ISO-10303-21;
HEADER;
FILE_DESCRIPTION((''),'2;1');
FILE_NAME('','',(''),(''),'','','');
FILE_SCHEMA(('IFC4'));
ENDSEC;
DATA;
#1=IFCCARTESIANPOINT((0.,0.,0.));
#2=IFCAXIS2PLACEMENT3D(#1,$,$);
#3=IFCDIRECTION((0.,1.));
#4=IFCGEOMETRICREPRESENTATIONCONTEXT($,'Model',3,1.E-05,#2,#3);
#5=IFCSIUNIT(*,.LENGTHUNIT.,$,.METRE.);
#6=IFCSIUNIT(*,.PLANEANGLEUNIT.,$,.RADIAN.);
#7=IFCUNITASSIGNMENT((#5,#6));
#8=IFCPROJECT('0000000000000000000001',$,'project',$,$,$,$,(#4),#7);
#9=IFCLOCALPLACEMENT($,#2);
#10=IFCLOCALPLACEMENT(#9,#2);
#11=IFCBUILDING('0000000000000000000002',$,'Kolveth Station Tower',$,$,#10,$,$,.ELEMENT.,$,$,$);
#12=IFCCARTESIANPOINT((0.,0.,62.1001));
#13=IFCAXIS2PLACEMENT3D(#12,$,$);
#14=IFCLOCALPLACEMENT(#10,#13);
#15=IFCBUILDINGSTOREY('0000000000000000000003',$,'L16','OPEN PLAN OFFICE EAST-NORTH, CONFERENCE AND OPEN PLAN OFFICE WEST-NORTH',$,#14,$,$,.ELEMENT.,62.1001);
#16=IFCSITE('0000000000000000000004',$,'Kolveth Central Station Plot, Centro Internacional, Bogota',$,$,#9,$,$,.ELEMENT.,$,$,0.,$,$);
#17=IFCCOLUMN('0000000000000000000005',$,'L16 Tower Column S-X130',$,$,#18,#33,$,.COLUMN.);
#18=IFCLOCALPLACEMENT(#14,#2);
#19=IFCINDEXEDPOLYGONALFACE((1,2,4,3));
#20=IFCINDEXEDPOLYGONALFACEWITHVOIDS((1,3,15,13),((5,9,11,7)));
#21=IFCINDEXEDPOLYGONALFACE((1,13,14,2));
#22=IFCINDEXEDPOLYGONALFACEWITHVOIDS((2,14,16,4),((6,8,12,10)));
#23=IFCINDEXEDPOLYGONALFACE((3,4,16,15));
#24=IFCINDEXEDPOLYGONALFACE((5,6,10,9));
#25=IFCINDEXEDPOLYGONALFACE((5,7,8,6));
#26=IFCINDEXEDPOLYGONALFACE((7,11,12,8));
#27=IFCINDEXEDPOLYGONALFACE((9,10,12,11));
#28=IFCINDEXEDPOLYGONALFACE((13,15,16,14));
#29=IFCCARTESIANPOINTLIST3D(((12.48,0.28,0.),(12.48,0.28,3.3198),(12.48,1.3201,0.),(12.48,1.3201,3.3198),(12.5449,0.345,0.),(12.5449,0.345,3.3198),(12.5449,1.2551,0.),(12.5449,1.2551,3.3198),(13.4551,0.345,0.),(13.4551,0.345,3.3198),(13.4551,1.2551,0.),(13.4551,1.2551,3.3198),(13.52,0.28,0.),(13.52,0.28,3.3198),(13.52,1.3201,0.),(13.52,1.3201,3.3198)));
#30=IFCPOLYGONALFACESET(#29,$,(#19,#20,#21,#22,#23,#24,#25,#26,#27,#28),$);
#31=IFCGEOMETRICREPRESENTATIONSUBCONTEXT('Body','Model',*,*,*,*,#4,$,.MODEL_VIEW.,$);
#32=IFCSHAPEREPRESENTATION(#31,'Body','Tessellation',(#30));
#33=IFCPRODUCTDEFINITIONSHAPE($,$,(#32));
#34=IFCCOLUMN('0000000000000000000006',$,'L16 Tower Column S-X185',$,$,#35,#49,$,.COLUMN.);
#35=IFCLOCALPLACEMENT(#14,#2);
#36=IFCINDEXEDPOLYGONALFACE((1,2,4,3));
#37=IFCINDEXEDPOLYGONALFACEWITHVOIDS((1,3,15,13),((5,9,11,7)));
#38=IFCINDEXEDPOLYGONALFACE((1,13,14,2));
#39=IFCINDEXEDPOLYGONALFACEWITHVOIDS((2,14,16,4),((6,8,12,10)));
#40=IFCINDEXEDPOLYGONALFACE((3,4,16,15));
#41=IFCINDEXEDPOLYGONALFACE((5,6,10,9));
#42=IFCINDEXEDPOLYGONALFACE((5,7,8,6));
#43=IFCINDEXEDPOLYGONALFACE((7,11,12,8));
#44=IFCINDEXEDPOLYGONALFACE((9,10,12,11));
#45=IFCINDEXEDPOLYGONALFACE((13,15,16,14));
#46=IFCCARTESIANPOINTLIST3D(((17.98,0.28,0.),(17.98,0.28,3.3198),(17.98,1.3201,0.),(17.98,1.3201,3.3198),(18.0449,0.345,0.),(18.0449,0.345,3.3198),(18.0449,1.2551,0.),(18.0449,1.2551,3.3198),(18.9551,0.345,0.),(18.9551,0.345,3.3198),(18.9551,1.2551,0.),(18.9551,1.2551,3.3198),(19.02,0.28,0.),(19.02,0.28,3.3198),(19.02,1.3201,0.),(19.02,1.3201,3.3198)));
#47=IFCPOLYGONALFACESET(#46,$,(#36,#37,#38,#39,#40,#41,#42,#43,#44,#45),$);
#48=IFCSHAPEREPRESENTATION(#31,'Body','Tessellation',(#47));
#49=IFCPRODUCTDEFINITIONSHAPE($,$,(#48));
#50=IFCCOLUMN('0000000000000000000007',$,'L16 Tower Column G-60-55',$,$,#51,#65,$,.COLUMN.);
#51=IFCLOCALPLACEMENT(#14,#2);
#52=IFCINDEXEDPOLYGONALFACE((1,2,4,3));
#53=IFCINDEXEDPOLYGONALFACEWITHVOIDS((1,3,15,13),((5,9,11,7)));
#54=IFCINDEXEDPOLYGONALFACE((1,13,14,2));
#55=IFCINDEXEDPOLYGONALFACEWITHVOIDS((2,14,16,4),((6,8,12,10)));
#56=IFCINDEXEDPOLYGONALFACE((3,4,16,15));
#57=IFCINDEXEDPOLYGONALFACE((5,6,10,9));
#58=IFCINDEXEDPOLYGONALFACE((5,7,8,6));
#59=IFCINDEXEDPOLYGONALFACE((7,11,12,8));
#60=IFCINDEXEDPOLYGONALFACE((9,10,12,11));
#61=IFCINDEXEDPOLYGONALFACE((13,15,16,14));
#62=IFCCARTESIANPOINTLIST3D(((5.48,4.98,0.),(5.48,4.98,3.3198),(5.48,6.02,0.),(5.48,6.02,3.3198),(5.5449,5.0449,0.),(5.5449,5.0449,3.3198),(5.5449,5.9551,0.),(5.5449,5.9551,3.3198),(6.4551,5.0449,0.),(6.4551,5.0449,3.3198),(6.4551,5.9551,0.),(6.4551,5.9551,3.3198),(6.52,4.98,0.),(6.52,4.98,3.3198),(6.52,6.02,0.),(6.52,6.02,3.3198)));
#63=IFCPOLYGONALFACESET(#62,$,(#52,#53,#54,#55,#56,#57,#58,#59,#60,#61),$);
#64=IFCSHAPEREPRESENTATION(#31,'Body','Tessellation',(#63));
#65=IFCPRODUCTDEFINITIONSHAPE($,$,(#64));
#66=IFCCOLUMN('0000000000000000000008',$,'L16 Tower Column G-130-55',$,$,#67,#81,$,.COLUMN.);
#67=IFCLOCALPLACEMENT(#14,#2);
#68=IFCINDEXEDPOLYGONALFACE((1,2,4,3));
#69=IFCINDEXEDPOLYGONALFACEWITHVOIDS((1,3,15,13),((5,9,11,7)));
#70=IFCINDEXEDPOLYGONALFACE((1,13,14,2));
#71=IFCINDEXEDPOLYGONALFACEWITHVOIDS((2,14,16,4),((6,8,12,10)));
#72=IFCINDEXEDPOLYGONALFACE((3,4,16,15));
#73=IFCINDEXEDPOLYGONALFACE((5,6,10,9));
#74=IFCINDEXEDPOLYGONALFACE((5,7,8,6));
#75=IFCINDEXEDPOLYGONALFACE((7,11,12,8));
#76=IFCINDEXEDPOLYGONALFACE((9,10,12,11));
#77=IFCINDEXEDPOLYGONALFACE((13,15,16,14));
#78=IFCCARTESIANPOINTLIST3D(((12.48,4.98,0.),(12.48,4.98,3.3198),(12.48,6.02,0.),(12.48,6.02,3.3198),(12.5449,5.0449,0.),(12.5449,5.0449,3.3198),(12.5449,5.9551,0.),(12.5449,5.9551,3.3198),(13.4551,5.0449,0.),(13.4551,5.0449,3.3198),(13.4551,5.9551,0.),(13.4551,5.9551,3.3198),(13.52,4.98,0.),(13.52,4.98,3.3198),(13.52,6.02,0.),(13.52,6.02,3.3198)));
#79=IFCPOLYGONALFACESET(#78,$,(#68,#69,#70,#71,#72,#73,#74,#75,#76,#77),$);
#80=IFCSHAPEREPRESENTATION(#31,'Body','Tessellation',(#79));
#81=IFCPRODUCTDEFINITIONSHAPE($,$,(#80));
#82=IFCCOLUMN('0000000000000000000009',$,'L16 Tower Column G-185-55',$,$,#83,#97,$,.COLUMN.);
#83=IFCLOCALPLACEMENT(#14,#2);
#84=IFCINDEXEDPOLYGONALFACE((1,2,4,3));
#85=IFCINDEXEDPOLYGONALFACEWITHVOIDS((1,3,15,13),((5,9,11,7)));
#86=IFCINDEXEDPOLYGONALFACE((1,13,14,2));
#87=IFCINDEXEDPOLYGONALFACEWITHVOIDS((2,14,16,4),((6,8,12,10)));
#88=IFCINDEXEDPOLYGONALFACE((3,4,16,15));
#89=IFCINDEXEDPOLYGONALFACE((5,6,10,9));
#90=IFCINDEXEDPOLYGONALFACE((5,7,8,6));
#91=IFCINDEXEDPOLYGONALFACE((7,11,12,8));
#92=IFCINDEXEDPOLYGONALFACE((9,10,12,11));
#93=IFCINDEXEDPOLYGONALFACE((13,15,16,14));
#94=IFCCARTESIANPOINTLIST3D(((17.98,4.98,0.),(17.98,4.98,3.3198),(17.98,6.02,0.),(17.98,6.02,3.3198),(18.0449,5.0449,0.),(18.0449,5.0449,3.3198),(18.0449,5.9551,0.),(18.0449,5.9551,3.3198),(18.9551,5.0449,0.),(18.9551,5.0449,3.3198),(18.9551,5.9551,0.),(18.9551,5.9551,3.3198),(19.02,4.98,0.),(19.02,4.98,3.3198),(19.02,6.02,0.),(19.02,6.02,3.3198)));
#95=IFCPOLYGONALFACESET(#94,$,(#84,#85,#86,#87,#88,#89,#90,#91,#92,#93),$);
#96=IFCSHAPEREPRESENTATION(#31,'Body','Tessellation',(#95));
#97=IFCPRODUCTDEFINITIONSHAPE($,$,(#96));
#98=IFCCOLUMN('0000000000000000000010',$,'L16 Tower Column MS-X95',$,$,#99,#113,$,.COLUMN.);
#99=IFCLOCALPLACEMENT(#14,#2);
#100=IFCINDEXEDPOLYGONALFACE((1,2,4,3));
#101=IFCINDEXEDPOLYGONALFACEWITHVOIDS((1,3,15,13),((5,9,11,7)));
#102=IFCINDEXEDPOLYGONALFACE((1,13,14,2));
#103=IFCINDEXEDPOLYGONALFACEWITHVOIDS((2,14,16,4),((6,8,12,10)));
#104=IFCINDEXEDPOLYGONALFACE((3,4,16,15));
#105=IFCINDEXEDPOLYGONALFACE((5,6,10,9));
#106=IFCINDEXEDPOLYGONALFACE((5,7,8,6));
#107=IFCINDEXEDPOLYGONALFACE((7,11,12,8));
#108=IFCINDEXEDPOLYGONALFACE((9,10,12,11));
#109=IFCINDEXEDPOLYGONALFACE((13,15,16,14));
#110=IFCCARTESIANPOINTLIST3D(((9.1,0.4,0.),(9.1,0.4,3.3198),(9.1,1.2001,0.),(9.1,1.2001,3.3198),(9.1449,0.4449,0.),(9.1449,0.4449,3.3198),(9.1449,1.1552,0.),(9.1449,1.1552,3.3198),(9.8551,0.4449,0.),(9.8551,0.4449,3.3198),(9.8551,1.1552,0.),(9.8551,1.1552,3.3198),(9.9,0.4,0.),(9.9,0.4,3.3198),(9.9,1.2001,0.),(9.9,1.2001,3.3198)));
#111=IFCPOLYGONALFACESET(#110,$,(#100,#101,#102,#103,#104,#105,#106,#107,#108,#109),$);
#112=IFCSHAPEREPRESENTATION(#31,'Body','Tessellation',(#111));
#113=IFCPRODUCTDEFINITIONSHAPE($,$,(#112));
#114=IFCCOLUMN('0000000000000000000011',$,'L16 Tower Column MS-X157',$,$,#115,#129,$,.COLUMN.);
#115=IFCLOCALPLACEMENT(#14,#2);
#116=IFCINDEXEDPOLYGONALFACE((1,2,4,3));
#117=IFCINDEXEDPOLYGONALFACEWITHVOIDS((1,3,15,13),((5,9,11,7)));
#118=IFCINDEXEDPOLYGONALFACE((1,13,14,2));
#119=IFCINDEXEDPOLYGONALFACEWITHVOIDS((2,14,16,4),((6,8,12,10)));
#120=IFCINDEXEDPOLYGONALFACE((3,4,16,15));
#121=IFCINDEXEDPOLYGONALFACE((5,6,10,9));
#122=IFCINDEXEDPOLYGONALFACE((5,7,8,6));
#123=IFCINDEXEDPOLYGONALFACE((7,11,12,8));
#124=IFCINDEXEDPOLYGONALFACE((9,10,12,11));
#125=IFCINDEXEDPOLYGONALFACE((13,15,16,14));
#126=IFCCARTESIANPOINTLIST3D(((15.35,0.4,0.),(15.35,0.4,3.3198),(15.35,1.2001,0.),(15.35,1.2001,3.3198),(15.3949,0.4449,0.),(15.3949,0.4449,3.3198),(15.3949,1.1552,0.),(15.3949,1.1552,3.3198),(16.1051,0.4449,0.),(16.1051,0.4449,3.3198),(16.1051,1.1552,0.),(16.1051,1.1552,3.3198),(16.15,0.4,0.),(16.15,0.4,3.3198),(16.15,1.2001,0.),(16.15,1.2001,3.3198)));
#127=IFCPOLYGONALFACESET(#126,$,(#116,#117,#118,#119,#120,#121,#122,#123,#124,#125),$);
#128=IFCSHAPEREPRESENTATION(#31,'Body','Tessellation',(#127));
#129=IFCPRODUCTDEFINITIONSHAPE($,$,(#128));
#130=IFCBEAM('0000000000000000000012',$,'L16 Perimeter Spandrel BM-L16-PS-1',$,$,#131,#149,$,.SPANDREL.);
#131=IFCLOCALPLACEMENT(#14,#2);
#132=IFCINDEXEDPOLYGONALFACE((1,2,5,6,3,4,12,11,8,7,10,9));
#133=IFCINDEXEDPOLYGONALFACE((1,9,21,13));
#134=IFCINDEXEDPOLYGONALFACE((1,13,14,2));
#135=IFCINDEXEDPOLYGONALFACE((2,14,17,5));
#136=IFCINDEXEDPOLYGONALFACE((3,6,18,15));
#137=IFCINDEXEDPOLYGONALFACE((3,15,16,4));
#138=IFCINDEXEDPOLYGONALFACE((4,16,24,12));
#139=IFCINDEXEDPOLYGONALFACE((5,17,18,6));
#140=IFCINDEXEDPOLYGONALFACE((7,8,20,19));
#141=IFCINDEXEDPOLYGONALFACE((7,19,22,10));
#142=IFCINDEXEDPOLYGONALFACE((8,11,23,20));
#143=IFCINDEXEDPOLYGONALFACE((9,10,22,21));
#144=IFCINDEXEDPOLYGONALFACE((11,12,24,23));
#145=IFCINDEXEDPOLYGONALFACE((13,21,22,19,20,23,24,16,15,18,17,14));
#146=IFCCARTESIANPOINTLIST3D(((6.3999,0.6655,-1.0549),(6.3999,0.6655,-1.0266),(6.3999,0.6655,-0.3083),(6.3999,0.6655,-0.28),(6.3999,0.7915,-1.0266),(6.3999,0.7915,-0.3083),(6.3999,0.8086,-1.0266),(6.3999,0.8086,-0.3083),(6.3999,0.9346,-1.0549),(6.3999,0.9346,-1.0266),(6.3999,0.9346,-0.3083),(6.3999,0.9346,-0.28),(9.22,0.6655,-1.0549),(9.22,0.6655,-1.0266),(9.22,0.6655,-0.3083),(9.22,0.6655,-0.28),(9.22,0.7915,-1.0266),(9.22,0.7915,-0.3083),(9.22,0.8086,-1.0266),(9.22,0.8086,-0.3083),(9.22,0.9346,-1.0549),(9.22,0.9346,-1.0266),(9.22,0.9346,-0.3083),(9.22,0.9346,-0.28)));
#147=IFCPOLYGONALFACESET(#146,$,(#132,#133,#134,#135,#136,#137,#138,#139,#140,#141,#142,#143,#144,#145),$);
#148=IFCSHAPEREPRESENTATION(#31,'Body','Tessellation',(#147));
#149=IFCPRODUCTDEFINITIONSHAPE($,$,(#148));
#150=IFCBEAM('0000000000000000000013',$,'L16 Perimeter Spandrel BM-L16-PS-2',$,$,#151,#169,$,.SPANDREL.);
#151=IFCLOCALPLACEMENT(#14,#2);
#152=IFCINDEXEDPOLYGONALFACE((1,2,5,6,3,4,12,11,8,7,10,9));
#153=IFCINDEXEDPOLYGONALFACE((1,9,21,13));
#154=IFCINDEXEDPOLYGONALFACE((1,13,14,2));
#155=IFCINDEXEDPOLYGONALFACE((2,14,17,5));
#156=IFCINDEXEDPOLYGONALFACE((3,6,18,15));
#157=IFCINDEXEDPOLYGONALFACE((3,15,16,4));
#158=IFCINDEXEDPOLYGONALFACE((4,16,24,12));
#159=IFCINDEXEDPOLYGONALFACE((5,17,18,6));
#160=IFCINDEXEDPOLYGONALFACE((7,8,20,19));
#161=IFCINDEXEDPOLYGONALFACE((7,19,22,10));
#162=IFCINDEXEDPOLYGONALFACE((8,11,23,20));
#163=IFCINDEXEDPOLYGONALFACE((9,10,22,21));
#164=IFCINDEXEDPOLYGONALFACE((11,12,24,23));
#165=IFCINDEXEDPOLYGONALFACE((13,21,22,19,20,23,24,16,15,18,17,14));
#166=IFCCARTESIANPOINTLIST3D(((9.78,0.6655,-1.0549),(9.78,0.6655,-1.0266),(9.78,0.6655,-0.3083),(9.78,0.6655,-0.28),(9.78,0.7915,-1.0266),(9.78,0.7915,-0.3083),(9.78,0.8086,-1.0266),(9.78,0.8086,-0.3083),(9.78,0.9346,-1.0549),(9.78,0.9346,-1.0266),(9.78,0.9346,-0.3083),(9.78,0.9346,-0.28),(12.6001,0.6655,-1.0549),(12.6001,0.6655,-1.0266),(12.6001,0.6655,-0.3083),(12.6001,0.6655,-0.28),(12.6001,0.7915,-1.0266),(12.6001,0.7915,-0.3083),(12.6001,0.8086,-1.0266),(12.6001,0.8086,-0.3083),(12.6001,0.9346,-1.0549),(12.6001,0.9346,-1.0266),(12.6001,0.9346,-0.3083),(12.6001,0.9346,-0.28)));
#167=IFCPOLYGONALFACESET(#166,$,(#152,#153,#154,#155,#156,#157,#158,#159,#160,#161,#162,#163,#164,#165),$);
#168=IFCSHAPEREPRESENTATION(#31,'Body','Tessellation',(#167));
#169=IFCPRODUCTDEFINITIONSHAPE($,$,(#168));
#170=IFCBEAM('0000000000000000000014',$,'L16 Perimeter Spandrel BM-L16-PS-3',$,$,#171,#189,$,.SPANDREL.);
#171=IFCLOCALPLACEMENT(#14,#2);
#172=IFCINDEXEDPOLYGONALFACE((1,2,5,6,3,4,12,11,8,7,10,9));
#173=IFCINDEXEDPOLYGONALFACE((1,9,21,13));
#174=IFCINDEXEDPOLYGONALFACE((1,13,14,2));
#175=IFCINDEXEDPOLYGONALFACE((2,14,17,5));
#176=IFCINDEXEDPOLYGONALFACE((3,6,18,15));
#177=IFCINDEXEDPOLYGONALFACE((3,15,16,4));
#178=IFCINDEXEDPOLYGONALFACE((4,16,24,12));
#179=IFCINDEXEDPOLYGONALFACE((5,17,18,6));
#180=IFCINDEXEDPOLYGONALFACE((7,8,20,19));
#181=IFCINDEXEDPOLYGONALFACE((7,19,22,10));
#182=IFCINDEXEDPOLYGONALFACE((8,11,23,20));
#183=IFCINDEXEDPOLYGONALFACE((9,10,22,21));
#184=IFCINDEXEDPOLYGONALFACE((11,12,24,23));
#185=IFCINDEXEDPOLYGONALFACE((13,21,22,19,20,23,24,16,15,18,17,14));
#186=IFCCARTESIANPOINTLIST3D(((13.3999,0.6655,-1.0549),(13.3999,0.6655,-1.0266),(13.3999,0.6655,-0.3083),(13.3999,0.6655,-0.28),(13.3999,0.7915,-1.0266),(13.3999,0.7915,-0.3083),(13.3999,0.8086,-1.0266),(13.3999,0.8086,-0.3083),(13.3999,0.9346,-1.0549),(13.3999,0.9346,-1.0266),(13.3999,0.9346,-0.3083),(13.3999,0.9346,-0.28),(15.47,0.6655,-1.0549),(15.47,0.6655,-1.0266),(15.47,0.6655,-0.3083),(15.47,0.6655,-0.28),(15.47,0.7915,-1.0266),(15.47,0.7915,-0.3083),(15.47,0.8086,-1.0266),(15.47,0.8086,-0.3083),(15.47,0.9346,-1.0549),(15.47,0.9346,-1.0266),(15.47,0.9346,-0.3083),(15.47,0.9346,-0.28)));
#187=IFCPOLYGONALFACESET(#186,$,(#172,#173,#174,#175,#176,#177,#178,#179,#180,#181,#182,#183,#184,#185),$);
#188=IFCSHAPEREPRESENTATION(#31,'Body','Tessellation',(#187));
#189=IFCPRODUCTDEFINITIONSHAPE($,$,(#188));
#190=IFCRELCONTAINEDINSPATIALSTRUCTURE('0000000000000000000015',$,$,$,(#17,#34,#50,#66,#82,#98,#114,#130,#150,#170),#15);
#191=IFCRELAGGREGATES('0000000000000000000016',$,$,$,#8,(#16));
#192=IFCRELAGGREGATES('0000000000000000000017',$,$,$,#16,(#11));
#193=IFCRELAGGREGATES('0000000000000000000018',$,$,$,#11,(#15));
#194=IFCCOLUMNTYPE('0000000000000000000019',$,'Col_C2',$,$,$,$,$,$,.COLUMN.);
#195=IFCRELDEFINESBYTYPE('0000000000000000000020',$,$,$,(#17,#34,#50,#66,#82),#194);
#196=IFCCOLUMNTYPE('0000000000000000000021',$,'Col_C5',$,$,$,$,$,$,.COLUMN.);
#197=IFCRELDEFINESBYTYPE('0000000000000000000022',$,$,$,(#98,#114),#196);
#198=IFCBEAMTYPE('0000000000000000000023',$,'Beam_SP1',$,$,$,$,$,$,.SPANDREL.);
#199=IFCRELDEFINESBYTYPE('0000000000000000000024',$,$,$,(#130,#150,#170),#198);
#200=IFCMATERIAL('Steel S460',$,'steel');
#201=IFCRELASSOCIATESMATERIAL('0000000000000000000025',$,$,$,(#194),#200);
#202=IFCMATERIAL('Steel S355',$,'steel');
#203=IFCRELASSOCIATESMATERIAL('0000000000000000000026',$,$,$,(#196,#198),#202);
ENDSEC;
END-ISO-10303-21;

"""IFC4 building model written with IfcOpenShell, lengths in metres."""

from ifc_helpers import new_model, si_unit, direction, frame, origin, origin_2d, place, context, subcontext, project, spatial, hollow_rectangle, i_section, extrude, source, transform, mapped, material, material_profile, profile_set, type_object, element, save


model = new_model("IFC4")

# Units and contexts
model_context = context("Model", 3, precision=1e-05, world=origin(), true_north=direction((0.0, 1.0)))
body_context = subcontext(model_context, "Body", "Model", "MODEL_VIEW")
ifc_project = project(units=[si_unit("LENGTHUNIT", "METRE"), si_unit("PLANEANGLEUNIT", "RADIAN")], contexts=[model_context])

# Site, building, storey
site_placement = place(None, origin())
site = spatial("IfcSite", under=ifc_project, at=site_placement, Name="Kolveth Central Station Plot, Centro Internacional, Bogota", CompositionType="ELEMENT", RefElevation=0.0)
building_placement = place(site_placement, origin())
building = spatial("IfcBuilding", under=site, at=building_placement, Name="Kolveth Station Tower", CompositionType="ELEMENT")
storey_placement = place(building_placement, frame((0.0, 0.0, 62.1001)))
storey = spatial("IfcBuildingStorey", under=building, at=storey_placement, Name="L16", Description="OPEN PLAN OFFICE EAST-NORTH, CONFERENCE AND OPEN PLAN OFFICE WEST-NORTH", CompositionType="ELEMENT", Elevation=62.1001)

# Columns
ifc_material_1 = material(Name="Steel S460", Category="steel")
ifc_material_profile_1 = material_profile(ifc_material_1, hollow_rectangle(XDim=1.04, YDim=1.04, WallThickness=0.0649, at=origin_2d()), Name="BOX1040x1040x65")
ifc_profile_set_1 = profile_set([ifc_material_profile_1], Name="Steel S460")
column_type_1 = type_object("IfcColumnType", Name="Col_C2", PredefinedType="COLUMN", material=ifc_profile_set_1)
shared_shape_1 = source(origin(), body_context, "Body", "SweptSolid", [
    extrude(hollow_rectangle(XDim=1.04, YDim=1.04, WallThickness=0.0649, at=origin_2d()), origin(), (0.0, 0.0, 1.0), 3.3198),
])
for number, where, z_axis, x_axis, name in (
    (1, (13.0, 0.8, 0.0), (0.0, 0.0, 1.0), (1.0, 0.0, 0.0), "L16 Tower Column S-X130"),
    (2, (18.5, 0.8, 0.0), (0.0, 0.0, 1.0), (1.0, 0.0, 0.0), "L16 Tower Column S-X185"),
    (3, (6.0, 5.5, 0.0), (0.0, 0.0, 1.0), (1.0, 0.0, 0.0), "L16 Tower Column G-60-55"),
    (4, (13.0, 5.5, 0.0), (0.0, 0.0, 1.0), (1.0, 0.0, 0.0), "L16 Tower Column G-130-55"),
    (5, (18.5, 5.5, 0.0), (0.0, 0.0, 1.0), (1.0, 0.0, 0.0), "L16 Tower Column G-185-55"),
):
    element("IfcColumn", number, at=place(storey_placement, frame(where, z_axis=z_axis, x_axis=x_axis)), inside=storey, type_object=column_type_1, Name=name, PredefinedType="COLUMN", context=body_context, shape_type="MappedRepresentation", body=[
        mapped(shared_shape_1, transform((0.0, 0.0, 0.0), x_axis=(1.0, 0.0, 0.0), y_axis=(0.0, 1.0, 0.0), z_axis=(0.0, 0.0, 1.0), scale=1.0)),
    ])
ifc_material_2 = material(Name="Steel S355", Category="steel")
ifc_material_profile_2 = material_profile(ifc_material_2, hollow_rectangle(XDim=0.8, YDim=0.8, WallThickness=0.0449, at=origin_2d()), Name="BOX800x800x45")
ifc_profile_set_2 = profile_set([ifc_material_profile_2], Name="Steel S355")
column_type_2 = type_object("IfcColumnType", Name="Col_C5", PredefinedType="COLUMN", material=ifc_profile_set_2)
shared_shape_2 = source(origin(), body_context, "Body", "SweptSolid", [
    extrude(hollow_rectangle(XDim=0.8, YDim=0.8, WallThickness=0.0449, at=origin_2d()), origin(), (0.0, 0.0, 1.0), 3.3198),
])
for number, where, z_axis, x_axis, name in (
    (6, (9.5, 0.8, 0.0), (0.0, 0.0, 1.0), (1.0, 0.0, 0.0), "L16 Tower Column MS-X95"),
    (7, (15.75, 0.8, 0.0), (0.0, 0.0, 1.0), (1.0, 0.0, 0.0), "L16 Tower Column MS-X157"),
):
    element("IfcColumn", number, at=place(storey_placement, frame(where, z_axis=z_axis, x_axis=x_axis)), inside=storey, type_object=column_type_2, Name=name, PredefinedType="COLUMN", context=body_context, shape_type="MappedRepresentation", body=[
        mapped(shared_shape_2, transform((0.0, 0.0, 0.0), x_axis=(1.0, 0.0, 0.0), y_axis=(0.0, 1.0, 0.0), z_axis=(0.0, 0.0, 1.0), scale=1.0)),
    ])

# Beams
ifc_material_profile_3 = material_profile(ifc_material_2, i_section(OverallWidth=0.269, OverallDepth=0.7749, WebThickness=0.0171, FlangeThickness=0.0283, at=origin_2d()), Name="W760x220")
ifc_profile_set_3 = profile_set([ifc_material_profile_3], Name="Steel S355")
beam_type_1 = type_object("IfcBeamType", Name="Beam_SP1", PredefinedType="SPANDREL", material=ifc_profile_set_3)
shared_shape_3 = source(origin(), body_context, "Body", "SweptSolid", [
    extrude(i_section(OverallWidth=0.269, OverallDepth=0.7749, WebThickness=0.0171, FlangeThickness=0.0283, at=origin_2d()), origin(), (0.0, 0.0, 1.0), 2.8201),
])
for number, where, z_axis, x_axis, name in (
    (8, (6.3999, 0.8, -0.6675), (1.0, 0.0, 0.0), (0.0, 1.0, 0.0), "L16 Perimeter Spandrel BM-L16-PS-1"),
    (9, (9.78, 0.8, -0.6675), (1.0, 0.0, 0.0), (0.0, 1.0, 0.0), "L16 Perimeter Spandrel BM-L16-PS-2"),
):
    element("IfcBeam", number, at=place(storey_placement, frame(where, z_axis=z_axis, x_axis=x_axis)), inside=storey, type_object=beam_type_1, Name=name, PredefinedType="SPANDREL", context=body_context, shape_type="MappedRepresentation", body=[
        mapped(shared_shape_3, transform((0.0, 0.0, 0.0), x_axis=(1.0, 0.0, 0.0), y_axis=(0.0, 1.0, 0.0), z_axis=(0.0, 0.0, 1.0), scale=1.0)),
    ])
shared_shape_4 = source(origin(), body_context, "Body", "SweptSolid", [
    extrude(i_section(OverallWidth=0.269, OverallDepth=0.7749, WebThickness=0.0171, FlangeThickness=0.0283, at=origin_2d()), origin(), (0.0, 0.0, 1.0), 2.0701),
])
for number, where, z_axis, x_axis, name in (
    (10, (13.3999, 0.8, -0.6675), (1.0, 0.0, 0.0), (0.0, 1.0, 0.0), "L16 Perimeter Spandrel BM-L16-PS-3"),
):
    element("IfcBeam", number, at=place(storey_placement, frame(where, z_axis=z_axis, x_axis=x_axis)), inside=storey, type_object=beam_type_1, Name=name, PredefinedType="SPANDREL", context=body_context, shape_type="MappedRepresentation", body=[
        mapped(shared_shape_4, transform((0.0, 0.0, 0.0), x_axis=(1.0, 0.0, 0.0), y_axis=(0.0, 1.0, 0.0), z_axis=(0.0, 0.0, 1.0), scale=1.0)),
    ])

save(model, "model.ifc")
